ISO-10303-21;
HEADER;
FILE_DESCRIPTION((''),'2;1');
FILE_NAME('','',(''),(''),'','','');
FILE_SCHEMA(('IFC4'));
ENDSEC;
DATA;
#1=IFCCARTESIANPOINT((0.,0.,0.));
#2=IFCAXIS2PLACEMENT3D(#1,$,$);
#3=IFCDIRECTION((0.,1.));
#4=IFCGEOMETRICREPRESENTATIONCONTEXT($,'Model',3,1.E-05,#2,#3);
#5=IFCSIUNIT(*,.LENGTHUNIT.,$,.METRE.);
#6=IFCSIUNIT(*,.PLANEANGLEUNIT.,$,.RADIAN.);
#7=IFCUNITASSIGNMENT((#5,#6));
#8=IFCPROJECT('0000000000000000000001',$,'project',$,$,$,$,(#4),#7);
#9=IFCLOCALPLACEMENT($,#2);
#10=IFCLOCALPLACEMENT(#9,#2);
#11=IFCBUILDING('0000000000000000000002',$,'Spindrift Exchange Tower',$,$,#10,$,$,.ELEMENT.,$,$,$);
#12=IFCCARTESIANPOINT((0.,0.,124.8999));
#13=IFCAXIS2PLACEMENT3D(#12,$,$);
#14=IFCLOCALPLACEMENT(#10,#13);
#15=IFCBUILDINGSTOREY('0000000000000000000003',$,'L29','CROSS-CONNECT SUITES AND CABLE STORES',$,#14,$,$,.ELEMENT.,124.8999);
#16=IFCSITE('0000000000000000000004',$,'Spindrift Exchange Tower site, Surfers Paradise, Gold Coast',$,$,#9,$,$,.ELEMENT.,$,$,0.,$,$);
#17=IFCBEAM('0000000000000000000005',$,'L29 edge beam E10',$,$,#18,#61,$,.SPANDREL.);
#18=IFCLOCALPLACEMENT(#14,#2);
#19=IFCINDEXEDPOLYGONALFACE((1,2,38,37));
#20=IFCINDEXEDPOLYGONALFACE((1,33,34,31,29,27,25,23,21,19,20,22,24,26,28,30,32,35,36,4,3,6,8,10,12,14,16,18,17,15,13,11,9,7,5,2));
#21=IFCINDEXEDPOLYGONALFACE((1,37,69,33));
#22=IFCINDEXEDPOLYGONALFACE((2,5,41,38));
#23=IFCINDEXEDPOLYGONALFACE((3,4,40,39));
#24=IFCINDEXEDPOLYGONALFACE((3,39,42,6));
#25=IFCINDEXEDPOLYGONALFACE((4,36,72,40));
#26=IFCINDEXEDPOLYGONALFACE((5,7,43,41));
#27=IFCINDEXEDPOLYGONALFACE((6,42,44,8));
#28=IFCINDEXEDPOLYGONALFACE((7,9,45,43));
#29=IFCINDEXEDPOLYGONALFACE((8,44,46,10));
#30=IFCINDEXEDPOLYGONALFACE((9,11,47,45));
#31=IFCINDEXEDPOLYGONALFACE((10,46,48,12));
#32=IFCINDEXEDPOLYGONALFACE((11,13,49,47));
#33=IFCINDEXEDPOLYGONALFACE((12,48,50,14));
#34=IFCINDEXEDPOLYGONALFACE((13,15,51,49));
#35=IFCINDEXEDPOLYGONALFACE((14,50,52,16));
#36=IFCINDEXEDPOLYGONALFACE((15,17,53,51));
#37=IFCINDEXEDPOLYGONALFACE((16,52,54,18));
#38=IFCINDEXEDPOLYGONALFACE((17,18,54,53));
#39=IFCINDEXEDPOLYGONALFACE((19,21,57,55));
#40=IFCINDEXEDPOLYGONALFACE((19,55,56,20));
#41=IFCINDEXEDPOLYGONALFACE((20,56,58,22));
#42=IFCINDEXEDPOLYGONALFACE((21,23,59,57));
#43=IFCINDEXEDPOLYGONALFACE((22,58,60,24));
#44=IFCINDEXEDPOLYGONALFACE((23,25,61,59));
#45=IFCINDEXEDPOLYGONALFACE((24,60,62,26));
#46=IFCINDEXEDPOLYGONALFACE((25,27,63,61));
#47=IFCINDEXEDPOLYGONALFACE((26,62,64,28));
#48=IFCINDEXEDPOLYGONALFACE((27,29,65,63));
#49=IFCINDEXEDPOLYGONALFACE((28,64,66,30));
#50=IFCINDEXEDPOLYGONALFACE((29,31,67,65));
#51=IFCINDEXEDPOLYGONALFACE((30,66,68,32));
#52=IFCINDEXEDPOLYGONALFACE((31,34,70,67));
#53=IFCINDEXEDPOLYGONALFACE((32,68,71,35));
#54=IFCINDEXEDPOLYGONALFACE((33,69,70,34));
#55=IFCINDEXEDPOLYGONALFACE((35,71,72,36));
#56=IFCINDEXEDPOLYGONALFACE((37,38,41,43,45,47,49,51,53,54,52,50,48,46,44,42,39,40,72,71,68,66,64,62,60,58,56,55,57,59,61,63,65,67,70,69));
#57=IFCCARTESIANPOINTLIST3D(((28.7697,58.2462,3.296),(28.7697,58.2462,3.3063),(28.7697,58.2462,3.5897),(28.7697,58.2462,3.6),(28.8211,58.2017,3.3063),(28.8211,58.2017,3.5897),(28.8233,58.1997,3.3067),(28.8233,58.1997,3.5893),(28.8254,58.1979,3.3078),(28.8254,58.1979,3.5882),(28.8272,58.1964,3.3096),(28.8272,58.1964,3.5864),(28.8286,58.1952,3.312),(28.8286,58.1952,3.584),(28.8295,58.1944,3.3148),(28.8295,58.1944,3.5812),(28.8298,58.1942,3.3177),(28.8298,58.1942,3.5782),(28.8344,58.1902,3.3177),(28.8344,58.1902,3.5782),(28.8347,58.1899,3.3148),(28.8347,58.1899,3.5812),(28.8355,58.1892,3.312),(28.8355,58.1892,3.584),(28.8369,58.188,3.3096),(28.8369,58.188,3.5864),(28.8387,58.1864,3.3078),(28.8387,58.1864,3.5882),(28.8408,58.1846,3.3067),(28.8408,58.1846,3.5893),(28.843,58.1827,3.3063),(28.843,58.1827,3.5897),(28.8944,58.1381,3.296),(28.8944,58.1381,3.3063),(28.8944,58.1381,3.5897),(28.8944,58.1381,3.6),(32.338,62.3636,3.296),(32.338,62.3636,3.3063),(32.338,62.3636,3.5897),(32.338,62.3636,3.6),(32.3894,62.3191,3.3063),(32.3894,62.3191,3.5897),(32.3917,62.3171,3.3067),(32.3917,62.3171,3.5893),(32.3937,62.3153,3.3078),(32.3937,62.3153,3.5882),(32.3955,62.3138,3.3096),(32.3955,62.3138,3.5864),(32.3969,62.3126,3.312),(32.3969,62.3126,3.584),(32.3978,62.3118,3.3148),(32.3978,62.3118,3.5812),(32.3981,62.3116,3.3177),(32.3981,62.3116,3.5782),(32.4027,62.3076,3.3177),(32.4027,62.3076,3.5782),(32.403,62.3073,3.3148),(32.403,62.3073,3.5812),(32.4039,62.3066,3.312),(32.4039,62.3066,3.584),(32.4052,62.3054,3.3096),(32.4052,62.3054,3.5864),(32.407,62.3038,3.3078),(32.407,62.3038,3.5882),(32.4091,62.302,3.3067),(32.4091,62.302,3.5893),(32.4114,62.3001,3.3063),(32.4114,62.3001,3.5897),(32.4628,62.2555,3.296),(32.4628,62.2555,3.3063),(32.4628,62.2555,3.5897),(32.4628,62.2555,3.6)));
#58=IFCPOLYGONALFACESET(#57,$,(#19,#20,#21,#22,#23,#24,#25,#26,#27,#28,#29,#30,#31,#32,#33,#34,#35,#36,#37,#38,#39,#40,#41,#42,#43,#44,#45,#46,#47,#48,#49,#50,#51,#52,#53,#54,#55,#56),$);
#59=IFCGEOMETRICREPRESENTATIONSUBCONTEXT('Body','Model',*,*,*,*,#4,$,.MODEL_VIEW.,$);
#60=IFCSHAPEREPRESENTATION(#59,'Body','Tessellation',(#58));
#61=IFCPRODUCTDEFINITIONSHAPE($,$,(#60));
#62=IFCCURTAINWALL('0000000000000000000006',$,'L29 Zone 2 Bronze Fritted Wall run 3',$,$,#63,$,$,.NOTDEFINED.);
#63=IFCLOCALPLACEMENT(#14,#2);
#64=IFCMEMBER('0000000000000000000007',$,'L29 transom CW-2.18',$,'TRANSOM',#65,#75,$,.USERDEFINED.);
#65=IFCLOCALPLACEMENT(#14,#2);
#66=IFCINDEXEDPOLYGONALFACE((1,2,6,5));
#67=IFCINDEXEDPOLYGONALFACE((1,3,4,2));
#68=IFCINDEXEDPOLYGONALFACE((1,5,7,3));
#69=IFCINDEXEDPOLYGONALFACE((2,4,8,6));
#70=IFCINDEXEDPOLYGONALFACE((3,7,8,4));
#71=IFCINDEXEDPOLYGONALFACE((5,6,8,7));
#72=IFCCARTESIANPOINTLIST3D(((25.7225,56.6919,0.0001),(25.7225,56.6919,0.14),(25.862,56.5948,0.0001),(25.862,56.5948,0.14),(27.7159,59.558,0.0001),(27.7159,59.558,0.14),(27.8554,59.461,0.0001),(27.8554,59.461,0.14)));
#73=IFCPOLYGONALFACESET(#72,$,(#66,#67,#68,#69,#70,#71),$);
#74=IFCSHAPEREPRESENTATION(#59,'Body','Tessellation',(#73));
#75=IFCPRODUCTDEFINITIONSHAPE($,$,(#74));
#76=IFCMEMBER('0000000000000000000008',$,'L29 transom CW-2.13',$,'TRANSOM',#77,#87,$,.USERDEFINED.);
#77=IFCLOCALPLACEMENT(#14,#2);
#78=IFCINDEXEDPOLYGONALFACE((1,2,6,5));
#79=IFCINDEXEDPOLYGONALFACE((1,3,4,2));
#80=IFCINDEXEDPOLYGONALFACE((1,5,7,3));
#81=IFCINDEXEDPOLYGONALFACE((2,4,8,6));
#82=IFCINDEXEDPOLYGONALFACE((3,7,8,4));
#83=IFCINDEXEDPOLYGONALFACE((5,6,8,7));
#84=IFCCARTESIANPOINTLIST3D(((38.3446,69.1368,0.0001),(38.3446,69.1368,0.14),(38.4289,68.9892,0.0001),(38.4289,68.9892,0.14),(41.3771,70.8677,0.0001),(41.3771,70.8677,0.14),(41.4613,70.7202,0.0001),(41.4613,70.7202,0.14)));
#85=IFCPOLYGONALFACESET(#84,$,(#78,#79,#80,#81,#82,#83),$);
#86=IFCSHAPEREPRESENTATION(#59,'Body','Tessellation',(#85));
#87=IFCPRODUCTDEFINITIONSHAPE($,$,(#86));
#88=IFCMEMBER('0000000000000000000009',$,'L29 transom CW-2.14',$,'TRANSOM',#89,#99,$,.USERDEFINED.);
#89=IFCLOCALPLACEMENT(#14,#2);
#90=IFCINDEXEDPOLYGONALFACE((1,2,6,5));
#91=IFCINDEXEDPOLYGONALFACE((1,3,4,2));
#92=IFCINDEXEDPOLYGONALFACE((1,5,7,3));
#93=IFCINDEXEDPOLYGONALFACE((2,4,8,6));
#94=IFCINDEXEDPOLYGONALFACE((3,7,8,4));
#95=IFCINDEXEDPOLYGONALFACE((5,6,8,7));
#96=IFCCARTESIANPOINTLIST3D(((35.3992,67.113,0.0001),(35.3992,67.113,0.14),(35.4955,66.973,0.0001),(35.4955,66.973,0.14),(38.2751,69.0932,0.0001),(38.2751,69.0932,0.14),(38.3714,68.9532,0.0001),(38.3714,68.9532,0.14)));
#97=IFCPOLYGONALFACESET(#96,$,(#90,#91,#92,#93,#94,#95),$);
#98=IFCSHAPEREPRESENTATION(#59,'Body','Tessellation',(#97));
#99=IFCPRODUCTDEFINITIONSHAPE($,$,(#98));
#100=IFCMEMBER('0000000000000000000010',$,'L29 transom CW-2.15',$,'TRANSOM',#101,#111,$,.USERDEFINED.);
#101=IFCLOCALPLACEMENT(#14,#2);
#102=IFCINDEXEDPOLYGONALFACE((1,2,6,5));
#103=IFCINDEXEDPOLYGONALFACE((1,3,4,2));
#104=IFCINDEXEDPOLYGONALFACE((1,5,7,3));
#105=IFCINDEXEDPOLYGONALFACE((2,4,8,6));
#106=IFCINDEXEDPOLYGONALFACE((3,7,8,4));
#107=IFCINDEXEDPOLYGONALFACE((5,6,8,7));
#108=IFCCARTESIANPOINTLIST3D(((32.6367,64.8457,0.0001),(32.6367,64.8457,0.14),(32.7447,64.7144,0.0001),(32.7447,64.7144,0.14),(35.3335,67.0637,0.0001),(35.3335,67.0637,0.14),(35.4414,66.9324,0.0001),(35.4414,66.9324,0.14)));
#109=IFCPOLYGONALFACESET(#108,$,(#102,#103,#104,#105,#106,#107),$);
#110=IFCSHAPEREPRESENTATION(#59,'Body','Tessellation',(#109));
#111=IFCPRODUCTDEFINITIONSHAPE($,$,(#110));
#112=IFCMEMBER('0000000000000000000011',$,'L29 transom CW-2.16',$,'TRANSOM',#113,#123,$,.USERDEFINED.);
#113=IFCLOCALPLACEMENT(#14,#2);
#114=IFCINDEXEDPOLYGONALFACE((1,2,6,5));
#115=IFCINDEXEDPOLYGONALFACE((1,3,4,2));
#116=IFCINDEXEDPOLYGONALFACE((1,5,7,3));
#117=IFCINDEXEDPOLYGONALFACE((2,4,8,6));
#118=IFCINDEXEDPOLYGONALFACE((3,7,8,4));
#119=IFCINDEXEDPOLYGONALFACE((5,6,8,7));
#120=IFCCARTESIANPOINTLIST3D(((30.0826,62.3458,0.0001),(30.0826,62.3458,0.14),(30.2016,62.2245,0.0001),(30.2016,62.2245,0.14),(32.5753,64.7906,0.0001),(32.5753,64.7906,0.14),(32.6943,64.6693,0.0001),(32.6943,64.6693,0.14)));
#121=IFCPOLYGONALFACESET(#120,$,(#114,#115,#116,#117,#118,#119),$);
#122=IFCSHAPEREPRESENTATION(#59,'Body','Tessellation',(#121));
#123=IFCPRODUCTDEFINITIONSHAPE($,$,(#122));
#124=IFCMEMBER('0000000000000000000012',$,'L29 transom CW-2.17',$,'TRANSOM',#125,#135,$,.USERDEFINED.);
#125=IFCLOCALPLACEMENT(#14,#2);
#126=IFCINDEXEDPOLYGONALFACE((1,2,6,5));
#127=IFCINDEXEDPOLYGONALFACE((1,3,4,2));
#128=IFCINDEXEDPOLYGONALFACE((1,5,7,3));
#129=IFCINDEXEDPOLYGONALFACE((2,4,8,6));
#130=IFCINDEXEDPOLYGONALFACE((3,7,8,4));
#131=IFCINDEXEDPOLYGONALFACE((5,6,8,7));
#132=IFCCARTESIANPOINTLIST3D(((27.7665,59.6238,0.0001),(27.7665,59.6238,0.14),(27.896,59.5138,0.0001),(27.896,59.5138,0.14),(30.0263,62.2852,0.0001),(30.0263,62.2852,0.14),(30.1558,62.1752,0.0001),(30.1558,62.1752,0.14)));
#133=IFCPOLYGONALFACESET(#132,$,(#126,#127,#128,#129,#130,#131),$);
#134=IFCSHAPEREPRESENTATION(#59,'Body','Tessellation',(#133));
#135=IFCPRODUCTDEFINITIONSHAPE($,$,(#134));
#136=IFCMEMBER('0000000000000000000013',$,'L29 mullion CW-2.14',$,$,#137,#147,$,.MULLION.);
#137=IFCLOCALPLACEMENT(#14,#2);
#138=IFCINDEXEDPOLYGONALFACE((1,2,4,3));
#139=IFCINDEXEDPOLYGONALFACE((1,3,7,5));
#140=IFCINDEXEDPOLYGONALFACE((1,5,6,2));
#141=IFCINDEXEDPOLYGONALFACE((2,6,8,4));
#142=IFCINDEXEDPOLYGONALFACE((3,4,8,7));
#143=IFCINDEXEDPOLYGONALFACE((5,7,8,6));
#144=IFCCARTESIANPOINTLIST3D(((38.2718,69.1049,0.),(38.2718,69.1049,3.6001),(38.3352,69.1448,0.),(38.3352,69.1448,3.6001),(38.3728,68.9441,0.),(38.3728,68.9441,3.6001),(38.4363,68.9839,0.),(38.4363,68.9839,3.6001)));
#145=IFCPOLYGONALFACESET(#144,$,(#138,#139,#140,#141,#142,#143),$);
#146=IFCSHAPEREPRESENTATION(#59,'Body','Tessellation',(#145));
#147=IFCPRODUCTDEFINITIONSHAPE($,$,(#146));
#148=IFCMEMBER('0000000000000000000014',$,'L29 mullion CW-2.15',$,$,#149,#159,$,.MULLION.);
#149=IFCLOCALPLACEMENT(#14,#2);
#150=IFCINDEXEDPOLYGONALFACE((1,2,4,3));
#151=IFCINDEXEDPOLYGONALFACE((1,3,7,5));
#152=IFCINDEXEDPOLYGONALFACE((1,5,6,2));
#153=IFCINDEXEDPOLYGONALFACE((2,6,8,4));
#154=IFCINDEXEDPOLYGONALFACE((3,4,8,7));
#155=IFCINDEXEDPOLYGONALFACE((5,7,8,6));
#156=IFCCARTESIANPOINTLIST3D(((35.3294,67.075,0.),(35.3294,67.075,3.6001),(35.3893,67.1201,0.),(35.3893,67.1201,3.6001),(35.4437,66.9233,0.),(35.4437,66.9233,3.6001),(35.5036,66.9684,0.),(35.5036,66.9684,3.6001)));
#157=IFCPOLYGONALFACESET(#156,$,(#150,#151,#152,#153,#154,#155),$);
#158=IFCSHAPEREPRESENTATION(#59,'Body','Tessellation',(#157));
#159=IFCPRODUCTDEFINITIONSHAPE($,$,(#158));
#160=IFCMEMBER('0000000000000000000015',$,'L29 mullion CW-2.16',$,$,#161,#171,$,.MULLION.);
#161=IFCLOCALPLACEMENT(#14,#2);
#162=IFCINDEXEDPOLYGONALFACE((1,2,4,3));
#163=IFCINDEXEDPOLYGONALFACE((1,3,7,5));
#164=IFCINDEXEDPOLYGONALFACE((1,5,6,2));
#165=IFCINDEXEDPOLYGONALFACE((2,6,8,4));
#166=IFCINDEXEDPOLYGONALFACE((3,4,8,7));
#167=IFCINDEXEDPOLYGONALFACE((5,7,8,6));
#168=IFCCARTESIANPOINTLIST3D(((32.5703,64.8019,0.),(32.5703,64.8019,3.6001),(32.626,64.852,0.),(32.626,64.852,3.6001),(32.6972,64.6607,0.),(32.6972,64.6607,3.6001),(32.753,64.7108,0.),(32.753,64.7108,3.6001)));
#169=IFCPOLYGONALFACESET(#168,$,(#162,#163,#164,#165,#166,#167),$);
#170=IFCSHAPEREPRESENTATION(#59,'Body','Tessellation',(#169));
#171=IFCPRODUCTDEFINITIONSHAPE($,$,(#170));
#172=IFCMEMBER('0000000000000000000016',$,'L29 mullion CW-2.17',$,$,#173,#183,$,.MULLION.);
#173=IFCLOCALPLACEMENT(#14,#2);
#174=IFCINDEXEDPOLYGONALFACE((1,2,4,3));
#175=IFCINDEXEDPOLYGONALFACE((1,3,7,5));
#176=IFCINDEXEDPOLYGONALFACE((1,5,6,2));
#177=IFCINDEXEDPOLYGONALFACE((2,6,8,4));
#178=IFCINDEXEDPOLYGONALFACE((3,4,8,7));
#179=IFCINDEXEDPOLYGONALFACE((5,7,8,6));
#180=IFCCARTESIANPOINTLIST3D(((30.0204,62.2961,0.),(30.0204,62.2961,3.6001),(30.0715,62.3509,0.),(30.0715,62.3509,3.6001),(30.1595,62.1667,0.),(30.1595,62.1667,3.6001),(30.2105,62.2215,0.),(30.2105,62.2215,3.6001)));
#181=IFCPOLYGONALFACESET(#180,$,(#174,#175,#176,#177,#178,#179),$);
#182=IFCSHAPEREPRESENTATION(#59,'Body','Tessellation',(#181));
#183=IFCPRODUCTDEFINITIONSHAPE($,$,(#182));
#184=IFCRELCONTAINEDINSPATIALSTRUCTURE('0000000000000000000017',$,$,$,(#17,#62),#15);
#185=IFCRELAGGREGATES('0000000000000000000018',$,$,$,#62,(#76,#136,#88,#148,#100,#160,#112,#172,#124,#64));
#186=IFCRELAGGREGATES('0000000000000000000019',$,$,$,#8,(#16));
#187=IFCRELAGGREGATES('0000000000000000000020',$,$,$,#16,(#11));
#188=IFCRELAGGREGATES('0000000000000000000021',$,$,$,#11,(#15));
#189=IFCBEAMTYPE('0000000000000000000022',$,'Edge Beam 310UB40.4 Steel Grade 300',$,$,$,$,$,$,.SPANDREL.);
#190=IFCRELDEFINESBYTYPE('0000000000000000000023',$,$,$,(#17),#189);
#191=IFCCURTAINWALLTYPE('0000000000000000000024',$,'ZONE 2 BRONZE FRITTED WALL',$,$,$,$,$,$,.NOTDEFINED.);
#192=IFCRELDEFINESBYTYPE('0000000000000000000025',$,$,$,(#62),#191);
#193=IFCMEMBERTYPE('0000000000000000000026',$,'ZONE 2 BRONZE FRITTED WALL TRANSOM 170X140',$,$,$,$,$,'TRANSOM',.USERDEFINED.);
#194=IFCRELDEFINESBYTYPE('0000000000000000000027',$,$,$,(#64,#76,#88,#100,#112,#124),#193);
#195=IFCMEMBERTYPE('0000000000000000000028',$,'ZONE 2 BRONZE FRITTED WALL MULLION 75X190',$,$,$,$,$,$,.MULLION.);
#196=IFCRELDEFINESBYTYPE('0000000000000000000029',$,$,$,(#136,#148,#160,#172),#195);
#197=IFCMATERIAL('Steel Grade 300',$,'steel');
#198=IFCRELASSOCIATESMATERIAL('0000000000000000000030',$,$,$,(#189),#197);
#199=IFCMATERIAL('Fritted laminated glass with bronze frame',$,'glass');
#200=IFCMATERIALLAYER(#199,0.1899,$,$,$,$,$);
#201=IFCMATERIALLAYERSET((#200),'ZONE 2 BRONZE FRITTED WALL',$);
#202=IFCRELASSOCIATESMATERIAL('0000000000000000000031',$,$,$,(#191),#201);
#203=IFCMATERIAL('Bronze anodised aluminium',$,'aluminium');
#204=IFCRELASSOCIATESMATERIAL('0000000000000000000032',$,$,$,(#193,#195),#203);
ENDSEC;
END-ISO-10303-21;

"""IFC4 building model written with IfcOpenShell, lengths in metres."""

from ifc_helpers import new_model, si_unit, direction, frame, origin, origin_2d, place, context, subcontext, project, spatial, rectangle, i_section, extrude, source, transform, mapped, material, layer, layer_set, material_profile, profile_set, type_object, element, aggregate, save


model = new_model("IFC4")

# Units and contexts
model_context = context("Model", 3, precision=1e-05, world=origin(), true_north=direction((0.0, 1.0)))
body_context = subcontext(model_context, "Body", "Model", "MODEL_VIEW")
ifc_project = project(units=[si_unit("LENGTHUNIT", "METRE"), si_unit("PLANEANGLEUNIT", "RADIAN")], contexts=[model_context])

# Site, building, storey
site_placement = place(None, origin())
site = spatial("IfcSite", under=ifc_project, at=site_placement, Name="Spindrift Exchange Tower site, Surfers Paradise, Gold Coast", CompositionType="ELEMENT", RefElevation=0.0)
building_placement = place(site_placement, origin())
building = spatial("IfcBuilding", under=site, at=building_placement, Name="Spindrift Exchange Tower", CompositionType="ELEMENT")
storey_placement = place(building_placement, frame((0.0, 0.0, 124.8999)))
storey = spatial("IfcBuildingStorey", under=building, at=storey_placement, Name="L29", Description="CROSS-CONNECT SUITES AND CABLE STORES", CompositionType="ELEMENT", Elevation=124.8999)

# Beam
ifc_material_1 = material(Name="Steel Grade 300", Category="steel")
ifc_material_profile_1 = material_profile(ifc_material_1, i_section(OverallWidth=0.165, OverallDepth=0.304, WebThickness=0.0061, FlangeThickness=0.0103, FilletRadius=0.0115, at=origin_2d()), Name="310UB40.4")
ifc_profile_set_1 = profile_set([ifc_material_profile_1], Name="Steel Grade 300")
beam_type_1 = type_object("IfcBeamType", Name="Edge Beam 310UB40.4 Steel Grade 300", PredefinedType="SPANDREL", material=ifc_profile_set_1)
shared_shape_1 = source(origin(), body_context, "Body", "SweptSolid", [
    extrude(i_section(OverallWidth=0.165, OverallDepth=0.304, WebThickness=0.0061, FlangeThickness=0.0103, FilletRadius=0.0115, at=origin_2d()), origin(), (0.0, 0.0, 1.0), 5.4485),
])
beam_1_placement = place(storey_placement, frame((32.4004, 62.3096, 3.448), z_axis=(-0.654922, -0.755696, 0.0), x_axis=(0.755696, -0.654922, 0.0)))
element("IfcBeam", 1, at=beam_1_placement, inside=storey, type_object=beam_type_1, Name="L29 edge beam E10", PredefinedType="SPANDREL", context=body_context, shape_type="MappedRepresentation", body=[
    mapped(shared_shape_1, transform((0.0, 0.0, 0.0), scale=1.0)),
])

# Curtain wall, members
ifc_material_2 = material(Name="Fritted laminated glass with bronze frame", Category="glass")
ifc_layer_1 = layer(ifc_material_2, 0.1899)
ifc_layer_set_1 = layer_set([ifc_layer_1], Name="ZONE 2 BRONZE FRITTED WALL")
curtain_wall_type = type_object("IfcCurtainWallType", Name="ZONE 2 BRONZE FRITTED WALL", PredefinedType="NOTDEFINED", material=ifc_layer_set_1)
curtain_wall_placement = place(storey_placement, origin())
curtain_wall = element("IfcCurtainWall", 2, at=curtain_wall_placement, inside=storey, type_object=curtain_wall_type, Name="L29 Zone 2 Bronze Fritted Wall run 3", PredefinedType="NOTDEFINED")
ifc_material_3 = material(Name="Bronze anodised aluminium", Category="aluminium")
ifc_material_profile_2 = material_profile(ifc_material_3, rectangle(XDim=0.1699, YDim=0.1399, at=origin_2d()), Name="ZONE 2 BRONZE FRITTED WALL TRANSOM 170X140")
ifc_profile_set_2 = profile_set([ifc_material_profile_2], Name="Bronze anodised aluminium")
member_type_1 = type_object("IfcMemberType", Name="ZONE 2 BRONZE FRITTED WALL TRANSOM 170X140", ElementType="TRANSOM", PredefinedType="USERDEFINED", material=ifc_profile_set_2)
shared_shape_2 = source(origin(), body_context, "Body", "SweptSolid", [
    extrude(rectangle(XDim=0.1699, YDim=0.1399, at=origin_2d()), origin(), (0.0, 0.0, 1.0), 3.4912),
])
member_1_placement = place(storey_placement, frame((27.7856, 59.5095, 0.0701), z_axis=(-0.570972, -0.820969, 0.0), x_axis=(0.820969, -0.570972, 0.0)))
member_1 = element("IfcMember", 3, at=member_1_placement, type_object=member_type_1, Name="L29 transom CW-2.18", ObjectType="TRANSOM", PredefinedType="USERDEFINED", context=body_context, shape_type="MappedRepresentation", body=[
    mapped(shared_shape_2, transform((0.0, 0.0, 0.0), scale=1.0)),
])
shared_shape_3 = source(origin(), body_context, "Body", "SweptSolid", [
    extrude(rectangle(XDim=0.1699, YDim=0.1399, at=origin_2d()), origin(), (0.0, 0.0, 1.0), 3.4917),
])
member_2_placement = place(storey_placement, frame((41.4192, 70.7939, 0.0701), z_axis=(-0.868475, -0.495732, 0.0), x_axis=(0.495732, -0.868475, 0.0)))
member_2 = element("IfcMember", 4, at=member_2_placement, type_object=member_type_1, Name="L29 transom CW-2.13", ObjectType="TRANSOM", PredefinedType="USERDEFINED", context=body_context, shape_type="MappedRepresentation", body=[
    mapped(shared_shape_3, transform((0.0, 0.0, 0.0), scale=1.0)),
])
member_3_placement = place(storey_placement, frame((38.3232, 69.0232, 0.0701), z_axis=(-0.823642, -0.56711, 0.0), x_axis=(0.56711, -0.823642, 0.0)))
member_3 = element("IfcMember", 5, at=member_3_placement, type_object=member_type_1, Name="L29 transom CW-2.14", ObjectType="TRANSOM", PredefinedType="USERDEFINED", context=body_context, shape_type="MappedRepresentation", body=[
    mapped(shared_shape_3, transform((0.0, 0.0, 0.0), scale=1.0)),
])
member_4_placement = place(storey_placement, frame((35.3875, 66.998, 0.0701), z_axis=(-0.772332, -0.635219, 0.0), x_axis=(0.635219, -0.772332, 0.0)))
member_4 = element("IfcMember", 6, at=member_4_placement, type_object=member_type_1, Name="L29 transom CW-2.15", ObjectType="TRANSOM", PredefinedType="USERDEFINED", context=body_context, shape_type="MappedRepresentation", body=[
    mapped(shared_shape_3, transform((0.0, 0.0, 0.0), scale=1.0)),
])
shared_shape_4 = source(origin(), body_context, "Body", "SweptSolid", [
    extrude(rectangle(XDim=0.1699, YDim=0.1399, at=origin_2d()), origin(), (0.0, 0.0, 1.0), 3.4915),
])
member_5_placement = place(storey_placement, frame((32.6348, 64.73, 0.0701), z_axis=(-0.713926, -0.700221, 0.0), x_axis=(0.700221, -0.713926, 0.0)))
member_5 = element("IfcMember", 7, at=member_5_placement, type_object=member_type_1, Name="L29 transom CW-2.16", ObjectType="TRANSOM", PredefinedType="USERDEFINED", context=body_context, shape_type="MappedRepresentation", body=[
    mapped(shared_shape_4, transform((0.0, 0.0, 0.0), scale=1.0)),
])
member_6_placement = place(storey_placement, frame((30.0911, 62.2302, 0.0701), z_axis=(-0.647248, -0.762279, 0.0), x_axis=(0.762279, -0.647248, 0.0)))
member_6 = element("IfcMember", 8, at=member_6_placement, type_object=member_type_1, Name="L29 transom CW-2.17", ObjectType="TRANSOM", PredefinedType="USERDEFINED", context=body_context, shape_type="MappedRepresentation", body=[
    mapped(shared_shape_4, transform((0.0, 0.0, 0.0), scale=1.0)),
])
ifc_material_profile_3 = material_profile(ifc_material_3, rectangle(XDim=0.075, YDim=0.1899, at=origin_2d()), Name="ZONE 2 BRONZE FRITTED WALL MULLION 75X190")
ifc_profile_set_3 = profile_set([ifc_material_profile_3], Name="Bronze anodised aluminium")
member_type_2 = type_object("IfcMemberType", Name="ZONE 2 BRONZE FRITTED WALL MULLION 75X190", PredefinedType="MULLION", material=ifc_profile_set_3)
shared_shape_5 = source(origin(), body_context, "Body", "SweptSolid", [
    extrude(rectangle(XDim=0.075, YDim=0.1899, at=origin_2d()), origin(), (0.0, 0.0, 1.0), 3.6001),
])
member_7_placement = place(storey_placement, frame((38.354, 69.0444, 0.0), z_axis=(0.0, 0.0, 1.0), x_axis=(-0.846821, -0.531878, 0.0)))
member_7 = element("IfcMember", 9, at=member_7_placement, type_object=member_type_2, Name="L29 mullion CW-2.14", PredefinedType="MULLION", context=body_context, shape_type="MappedRepresentation", body=[
    mapped(shared_shape_5, transform((0.0, 0.0, 0.0), scale=1.0)),
])
member_8_placement = place(storey_placement, frame((35.4165, 67.0217, 0.0), z_axis=(0.0, 0.0, 1.0), x_axis=(-0.79873, -0.601689, 0.0)))
member_8 = element("IfcMember", 10, at=member_8_placement, type_object=member_type_2, Name="L29 mullion CW-2.15", PredefinedType="MULLION", context=body_context, shape_type="MappedRepresentation", body=[
    mapped(shared_shape_5, transform((0.0, 0.0, 0.0), scale=1.0)),
])
member_9_placement = place(storey_placement, frame((32.6616, 64.7563, 0.0), z_axis=(0.0, 0.0, 1.0), x_axis=(-0.743851, -0.668345, 0.0)))
member_9 = element("IfcMember", 11, at=member_9_placement, type_object=member_type_2, Name="L29 mullion CW-2.16", PredefinedType="MULLION", context=body_context, shape_type="MappedRepresentation", body=[
    mapped(shared_shape_5, transform((0.0, 0.0, 0.0), scale=1.0)),
])
member_10_placement = place(storey_placement, frame((30.1155, 62.2588, 0.0), z_axis=(0.0, 0.0, 1.0), x_axis=(-0.681278, -0.732025, 0.0)))
member_10 = element("IfcMember", 12, at=member_10_placement, type_object=member_type_2, Name="L29 mullion CW-2.17", PredefinedType="MULLION", context=body_context, shape_type="MappedRepresentation", body=[
    mapped(shared_shape_5, transform((0.0, 0.0, 0.0), scale=1.0)),
])
aggregate(curtain_wall, [member_2, member_7, member_3, member_8, member_4, member_9, member_5, member_10, member_6, member_1])

save(model, "model.ifc")
